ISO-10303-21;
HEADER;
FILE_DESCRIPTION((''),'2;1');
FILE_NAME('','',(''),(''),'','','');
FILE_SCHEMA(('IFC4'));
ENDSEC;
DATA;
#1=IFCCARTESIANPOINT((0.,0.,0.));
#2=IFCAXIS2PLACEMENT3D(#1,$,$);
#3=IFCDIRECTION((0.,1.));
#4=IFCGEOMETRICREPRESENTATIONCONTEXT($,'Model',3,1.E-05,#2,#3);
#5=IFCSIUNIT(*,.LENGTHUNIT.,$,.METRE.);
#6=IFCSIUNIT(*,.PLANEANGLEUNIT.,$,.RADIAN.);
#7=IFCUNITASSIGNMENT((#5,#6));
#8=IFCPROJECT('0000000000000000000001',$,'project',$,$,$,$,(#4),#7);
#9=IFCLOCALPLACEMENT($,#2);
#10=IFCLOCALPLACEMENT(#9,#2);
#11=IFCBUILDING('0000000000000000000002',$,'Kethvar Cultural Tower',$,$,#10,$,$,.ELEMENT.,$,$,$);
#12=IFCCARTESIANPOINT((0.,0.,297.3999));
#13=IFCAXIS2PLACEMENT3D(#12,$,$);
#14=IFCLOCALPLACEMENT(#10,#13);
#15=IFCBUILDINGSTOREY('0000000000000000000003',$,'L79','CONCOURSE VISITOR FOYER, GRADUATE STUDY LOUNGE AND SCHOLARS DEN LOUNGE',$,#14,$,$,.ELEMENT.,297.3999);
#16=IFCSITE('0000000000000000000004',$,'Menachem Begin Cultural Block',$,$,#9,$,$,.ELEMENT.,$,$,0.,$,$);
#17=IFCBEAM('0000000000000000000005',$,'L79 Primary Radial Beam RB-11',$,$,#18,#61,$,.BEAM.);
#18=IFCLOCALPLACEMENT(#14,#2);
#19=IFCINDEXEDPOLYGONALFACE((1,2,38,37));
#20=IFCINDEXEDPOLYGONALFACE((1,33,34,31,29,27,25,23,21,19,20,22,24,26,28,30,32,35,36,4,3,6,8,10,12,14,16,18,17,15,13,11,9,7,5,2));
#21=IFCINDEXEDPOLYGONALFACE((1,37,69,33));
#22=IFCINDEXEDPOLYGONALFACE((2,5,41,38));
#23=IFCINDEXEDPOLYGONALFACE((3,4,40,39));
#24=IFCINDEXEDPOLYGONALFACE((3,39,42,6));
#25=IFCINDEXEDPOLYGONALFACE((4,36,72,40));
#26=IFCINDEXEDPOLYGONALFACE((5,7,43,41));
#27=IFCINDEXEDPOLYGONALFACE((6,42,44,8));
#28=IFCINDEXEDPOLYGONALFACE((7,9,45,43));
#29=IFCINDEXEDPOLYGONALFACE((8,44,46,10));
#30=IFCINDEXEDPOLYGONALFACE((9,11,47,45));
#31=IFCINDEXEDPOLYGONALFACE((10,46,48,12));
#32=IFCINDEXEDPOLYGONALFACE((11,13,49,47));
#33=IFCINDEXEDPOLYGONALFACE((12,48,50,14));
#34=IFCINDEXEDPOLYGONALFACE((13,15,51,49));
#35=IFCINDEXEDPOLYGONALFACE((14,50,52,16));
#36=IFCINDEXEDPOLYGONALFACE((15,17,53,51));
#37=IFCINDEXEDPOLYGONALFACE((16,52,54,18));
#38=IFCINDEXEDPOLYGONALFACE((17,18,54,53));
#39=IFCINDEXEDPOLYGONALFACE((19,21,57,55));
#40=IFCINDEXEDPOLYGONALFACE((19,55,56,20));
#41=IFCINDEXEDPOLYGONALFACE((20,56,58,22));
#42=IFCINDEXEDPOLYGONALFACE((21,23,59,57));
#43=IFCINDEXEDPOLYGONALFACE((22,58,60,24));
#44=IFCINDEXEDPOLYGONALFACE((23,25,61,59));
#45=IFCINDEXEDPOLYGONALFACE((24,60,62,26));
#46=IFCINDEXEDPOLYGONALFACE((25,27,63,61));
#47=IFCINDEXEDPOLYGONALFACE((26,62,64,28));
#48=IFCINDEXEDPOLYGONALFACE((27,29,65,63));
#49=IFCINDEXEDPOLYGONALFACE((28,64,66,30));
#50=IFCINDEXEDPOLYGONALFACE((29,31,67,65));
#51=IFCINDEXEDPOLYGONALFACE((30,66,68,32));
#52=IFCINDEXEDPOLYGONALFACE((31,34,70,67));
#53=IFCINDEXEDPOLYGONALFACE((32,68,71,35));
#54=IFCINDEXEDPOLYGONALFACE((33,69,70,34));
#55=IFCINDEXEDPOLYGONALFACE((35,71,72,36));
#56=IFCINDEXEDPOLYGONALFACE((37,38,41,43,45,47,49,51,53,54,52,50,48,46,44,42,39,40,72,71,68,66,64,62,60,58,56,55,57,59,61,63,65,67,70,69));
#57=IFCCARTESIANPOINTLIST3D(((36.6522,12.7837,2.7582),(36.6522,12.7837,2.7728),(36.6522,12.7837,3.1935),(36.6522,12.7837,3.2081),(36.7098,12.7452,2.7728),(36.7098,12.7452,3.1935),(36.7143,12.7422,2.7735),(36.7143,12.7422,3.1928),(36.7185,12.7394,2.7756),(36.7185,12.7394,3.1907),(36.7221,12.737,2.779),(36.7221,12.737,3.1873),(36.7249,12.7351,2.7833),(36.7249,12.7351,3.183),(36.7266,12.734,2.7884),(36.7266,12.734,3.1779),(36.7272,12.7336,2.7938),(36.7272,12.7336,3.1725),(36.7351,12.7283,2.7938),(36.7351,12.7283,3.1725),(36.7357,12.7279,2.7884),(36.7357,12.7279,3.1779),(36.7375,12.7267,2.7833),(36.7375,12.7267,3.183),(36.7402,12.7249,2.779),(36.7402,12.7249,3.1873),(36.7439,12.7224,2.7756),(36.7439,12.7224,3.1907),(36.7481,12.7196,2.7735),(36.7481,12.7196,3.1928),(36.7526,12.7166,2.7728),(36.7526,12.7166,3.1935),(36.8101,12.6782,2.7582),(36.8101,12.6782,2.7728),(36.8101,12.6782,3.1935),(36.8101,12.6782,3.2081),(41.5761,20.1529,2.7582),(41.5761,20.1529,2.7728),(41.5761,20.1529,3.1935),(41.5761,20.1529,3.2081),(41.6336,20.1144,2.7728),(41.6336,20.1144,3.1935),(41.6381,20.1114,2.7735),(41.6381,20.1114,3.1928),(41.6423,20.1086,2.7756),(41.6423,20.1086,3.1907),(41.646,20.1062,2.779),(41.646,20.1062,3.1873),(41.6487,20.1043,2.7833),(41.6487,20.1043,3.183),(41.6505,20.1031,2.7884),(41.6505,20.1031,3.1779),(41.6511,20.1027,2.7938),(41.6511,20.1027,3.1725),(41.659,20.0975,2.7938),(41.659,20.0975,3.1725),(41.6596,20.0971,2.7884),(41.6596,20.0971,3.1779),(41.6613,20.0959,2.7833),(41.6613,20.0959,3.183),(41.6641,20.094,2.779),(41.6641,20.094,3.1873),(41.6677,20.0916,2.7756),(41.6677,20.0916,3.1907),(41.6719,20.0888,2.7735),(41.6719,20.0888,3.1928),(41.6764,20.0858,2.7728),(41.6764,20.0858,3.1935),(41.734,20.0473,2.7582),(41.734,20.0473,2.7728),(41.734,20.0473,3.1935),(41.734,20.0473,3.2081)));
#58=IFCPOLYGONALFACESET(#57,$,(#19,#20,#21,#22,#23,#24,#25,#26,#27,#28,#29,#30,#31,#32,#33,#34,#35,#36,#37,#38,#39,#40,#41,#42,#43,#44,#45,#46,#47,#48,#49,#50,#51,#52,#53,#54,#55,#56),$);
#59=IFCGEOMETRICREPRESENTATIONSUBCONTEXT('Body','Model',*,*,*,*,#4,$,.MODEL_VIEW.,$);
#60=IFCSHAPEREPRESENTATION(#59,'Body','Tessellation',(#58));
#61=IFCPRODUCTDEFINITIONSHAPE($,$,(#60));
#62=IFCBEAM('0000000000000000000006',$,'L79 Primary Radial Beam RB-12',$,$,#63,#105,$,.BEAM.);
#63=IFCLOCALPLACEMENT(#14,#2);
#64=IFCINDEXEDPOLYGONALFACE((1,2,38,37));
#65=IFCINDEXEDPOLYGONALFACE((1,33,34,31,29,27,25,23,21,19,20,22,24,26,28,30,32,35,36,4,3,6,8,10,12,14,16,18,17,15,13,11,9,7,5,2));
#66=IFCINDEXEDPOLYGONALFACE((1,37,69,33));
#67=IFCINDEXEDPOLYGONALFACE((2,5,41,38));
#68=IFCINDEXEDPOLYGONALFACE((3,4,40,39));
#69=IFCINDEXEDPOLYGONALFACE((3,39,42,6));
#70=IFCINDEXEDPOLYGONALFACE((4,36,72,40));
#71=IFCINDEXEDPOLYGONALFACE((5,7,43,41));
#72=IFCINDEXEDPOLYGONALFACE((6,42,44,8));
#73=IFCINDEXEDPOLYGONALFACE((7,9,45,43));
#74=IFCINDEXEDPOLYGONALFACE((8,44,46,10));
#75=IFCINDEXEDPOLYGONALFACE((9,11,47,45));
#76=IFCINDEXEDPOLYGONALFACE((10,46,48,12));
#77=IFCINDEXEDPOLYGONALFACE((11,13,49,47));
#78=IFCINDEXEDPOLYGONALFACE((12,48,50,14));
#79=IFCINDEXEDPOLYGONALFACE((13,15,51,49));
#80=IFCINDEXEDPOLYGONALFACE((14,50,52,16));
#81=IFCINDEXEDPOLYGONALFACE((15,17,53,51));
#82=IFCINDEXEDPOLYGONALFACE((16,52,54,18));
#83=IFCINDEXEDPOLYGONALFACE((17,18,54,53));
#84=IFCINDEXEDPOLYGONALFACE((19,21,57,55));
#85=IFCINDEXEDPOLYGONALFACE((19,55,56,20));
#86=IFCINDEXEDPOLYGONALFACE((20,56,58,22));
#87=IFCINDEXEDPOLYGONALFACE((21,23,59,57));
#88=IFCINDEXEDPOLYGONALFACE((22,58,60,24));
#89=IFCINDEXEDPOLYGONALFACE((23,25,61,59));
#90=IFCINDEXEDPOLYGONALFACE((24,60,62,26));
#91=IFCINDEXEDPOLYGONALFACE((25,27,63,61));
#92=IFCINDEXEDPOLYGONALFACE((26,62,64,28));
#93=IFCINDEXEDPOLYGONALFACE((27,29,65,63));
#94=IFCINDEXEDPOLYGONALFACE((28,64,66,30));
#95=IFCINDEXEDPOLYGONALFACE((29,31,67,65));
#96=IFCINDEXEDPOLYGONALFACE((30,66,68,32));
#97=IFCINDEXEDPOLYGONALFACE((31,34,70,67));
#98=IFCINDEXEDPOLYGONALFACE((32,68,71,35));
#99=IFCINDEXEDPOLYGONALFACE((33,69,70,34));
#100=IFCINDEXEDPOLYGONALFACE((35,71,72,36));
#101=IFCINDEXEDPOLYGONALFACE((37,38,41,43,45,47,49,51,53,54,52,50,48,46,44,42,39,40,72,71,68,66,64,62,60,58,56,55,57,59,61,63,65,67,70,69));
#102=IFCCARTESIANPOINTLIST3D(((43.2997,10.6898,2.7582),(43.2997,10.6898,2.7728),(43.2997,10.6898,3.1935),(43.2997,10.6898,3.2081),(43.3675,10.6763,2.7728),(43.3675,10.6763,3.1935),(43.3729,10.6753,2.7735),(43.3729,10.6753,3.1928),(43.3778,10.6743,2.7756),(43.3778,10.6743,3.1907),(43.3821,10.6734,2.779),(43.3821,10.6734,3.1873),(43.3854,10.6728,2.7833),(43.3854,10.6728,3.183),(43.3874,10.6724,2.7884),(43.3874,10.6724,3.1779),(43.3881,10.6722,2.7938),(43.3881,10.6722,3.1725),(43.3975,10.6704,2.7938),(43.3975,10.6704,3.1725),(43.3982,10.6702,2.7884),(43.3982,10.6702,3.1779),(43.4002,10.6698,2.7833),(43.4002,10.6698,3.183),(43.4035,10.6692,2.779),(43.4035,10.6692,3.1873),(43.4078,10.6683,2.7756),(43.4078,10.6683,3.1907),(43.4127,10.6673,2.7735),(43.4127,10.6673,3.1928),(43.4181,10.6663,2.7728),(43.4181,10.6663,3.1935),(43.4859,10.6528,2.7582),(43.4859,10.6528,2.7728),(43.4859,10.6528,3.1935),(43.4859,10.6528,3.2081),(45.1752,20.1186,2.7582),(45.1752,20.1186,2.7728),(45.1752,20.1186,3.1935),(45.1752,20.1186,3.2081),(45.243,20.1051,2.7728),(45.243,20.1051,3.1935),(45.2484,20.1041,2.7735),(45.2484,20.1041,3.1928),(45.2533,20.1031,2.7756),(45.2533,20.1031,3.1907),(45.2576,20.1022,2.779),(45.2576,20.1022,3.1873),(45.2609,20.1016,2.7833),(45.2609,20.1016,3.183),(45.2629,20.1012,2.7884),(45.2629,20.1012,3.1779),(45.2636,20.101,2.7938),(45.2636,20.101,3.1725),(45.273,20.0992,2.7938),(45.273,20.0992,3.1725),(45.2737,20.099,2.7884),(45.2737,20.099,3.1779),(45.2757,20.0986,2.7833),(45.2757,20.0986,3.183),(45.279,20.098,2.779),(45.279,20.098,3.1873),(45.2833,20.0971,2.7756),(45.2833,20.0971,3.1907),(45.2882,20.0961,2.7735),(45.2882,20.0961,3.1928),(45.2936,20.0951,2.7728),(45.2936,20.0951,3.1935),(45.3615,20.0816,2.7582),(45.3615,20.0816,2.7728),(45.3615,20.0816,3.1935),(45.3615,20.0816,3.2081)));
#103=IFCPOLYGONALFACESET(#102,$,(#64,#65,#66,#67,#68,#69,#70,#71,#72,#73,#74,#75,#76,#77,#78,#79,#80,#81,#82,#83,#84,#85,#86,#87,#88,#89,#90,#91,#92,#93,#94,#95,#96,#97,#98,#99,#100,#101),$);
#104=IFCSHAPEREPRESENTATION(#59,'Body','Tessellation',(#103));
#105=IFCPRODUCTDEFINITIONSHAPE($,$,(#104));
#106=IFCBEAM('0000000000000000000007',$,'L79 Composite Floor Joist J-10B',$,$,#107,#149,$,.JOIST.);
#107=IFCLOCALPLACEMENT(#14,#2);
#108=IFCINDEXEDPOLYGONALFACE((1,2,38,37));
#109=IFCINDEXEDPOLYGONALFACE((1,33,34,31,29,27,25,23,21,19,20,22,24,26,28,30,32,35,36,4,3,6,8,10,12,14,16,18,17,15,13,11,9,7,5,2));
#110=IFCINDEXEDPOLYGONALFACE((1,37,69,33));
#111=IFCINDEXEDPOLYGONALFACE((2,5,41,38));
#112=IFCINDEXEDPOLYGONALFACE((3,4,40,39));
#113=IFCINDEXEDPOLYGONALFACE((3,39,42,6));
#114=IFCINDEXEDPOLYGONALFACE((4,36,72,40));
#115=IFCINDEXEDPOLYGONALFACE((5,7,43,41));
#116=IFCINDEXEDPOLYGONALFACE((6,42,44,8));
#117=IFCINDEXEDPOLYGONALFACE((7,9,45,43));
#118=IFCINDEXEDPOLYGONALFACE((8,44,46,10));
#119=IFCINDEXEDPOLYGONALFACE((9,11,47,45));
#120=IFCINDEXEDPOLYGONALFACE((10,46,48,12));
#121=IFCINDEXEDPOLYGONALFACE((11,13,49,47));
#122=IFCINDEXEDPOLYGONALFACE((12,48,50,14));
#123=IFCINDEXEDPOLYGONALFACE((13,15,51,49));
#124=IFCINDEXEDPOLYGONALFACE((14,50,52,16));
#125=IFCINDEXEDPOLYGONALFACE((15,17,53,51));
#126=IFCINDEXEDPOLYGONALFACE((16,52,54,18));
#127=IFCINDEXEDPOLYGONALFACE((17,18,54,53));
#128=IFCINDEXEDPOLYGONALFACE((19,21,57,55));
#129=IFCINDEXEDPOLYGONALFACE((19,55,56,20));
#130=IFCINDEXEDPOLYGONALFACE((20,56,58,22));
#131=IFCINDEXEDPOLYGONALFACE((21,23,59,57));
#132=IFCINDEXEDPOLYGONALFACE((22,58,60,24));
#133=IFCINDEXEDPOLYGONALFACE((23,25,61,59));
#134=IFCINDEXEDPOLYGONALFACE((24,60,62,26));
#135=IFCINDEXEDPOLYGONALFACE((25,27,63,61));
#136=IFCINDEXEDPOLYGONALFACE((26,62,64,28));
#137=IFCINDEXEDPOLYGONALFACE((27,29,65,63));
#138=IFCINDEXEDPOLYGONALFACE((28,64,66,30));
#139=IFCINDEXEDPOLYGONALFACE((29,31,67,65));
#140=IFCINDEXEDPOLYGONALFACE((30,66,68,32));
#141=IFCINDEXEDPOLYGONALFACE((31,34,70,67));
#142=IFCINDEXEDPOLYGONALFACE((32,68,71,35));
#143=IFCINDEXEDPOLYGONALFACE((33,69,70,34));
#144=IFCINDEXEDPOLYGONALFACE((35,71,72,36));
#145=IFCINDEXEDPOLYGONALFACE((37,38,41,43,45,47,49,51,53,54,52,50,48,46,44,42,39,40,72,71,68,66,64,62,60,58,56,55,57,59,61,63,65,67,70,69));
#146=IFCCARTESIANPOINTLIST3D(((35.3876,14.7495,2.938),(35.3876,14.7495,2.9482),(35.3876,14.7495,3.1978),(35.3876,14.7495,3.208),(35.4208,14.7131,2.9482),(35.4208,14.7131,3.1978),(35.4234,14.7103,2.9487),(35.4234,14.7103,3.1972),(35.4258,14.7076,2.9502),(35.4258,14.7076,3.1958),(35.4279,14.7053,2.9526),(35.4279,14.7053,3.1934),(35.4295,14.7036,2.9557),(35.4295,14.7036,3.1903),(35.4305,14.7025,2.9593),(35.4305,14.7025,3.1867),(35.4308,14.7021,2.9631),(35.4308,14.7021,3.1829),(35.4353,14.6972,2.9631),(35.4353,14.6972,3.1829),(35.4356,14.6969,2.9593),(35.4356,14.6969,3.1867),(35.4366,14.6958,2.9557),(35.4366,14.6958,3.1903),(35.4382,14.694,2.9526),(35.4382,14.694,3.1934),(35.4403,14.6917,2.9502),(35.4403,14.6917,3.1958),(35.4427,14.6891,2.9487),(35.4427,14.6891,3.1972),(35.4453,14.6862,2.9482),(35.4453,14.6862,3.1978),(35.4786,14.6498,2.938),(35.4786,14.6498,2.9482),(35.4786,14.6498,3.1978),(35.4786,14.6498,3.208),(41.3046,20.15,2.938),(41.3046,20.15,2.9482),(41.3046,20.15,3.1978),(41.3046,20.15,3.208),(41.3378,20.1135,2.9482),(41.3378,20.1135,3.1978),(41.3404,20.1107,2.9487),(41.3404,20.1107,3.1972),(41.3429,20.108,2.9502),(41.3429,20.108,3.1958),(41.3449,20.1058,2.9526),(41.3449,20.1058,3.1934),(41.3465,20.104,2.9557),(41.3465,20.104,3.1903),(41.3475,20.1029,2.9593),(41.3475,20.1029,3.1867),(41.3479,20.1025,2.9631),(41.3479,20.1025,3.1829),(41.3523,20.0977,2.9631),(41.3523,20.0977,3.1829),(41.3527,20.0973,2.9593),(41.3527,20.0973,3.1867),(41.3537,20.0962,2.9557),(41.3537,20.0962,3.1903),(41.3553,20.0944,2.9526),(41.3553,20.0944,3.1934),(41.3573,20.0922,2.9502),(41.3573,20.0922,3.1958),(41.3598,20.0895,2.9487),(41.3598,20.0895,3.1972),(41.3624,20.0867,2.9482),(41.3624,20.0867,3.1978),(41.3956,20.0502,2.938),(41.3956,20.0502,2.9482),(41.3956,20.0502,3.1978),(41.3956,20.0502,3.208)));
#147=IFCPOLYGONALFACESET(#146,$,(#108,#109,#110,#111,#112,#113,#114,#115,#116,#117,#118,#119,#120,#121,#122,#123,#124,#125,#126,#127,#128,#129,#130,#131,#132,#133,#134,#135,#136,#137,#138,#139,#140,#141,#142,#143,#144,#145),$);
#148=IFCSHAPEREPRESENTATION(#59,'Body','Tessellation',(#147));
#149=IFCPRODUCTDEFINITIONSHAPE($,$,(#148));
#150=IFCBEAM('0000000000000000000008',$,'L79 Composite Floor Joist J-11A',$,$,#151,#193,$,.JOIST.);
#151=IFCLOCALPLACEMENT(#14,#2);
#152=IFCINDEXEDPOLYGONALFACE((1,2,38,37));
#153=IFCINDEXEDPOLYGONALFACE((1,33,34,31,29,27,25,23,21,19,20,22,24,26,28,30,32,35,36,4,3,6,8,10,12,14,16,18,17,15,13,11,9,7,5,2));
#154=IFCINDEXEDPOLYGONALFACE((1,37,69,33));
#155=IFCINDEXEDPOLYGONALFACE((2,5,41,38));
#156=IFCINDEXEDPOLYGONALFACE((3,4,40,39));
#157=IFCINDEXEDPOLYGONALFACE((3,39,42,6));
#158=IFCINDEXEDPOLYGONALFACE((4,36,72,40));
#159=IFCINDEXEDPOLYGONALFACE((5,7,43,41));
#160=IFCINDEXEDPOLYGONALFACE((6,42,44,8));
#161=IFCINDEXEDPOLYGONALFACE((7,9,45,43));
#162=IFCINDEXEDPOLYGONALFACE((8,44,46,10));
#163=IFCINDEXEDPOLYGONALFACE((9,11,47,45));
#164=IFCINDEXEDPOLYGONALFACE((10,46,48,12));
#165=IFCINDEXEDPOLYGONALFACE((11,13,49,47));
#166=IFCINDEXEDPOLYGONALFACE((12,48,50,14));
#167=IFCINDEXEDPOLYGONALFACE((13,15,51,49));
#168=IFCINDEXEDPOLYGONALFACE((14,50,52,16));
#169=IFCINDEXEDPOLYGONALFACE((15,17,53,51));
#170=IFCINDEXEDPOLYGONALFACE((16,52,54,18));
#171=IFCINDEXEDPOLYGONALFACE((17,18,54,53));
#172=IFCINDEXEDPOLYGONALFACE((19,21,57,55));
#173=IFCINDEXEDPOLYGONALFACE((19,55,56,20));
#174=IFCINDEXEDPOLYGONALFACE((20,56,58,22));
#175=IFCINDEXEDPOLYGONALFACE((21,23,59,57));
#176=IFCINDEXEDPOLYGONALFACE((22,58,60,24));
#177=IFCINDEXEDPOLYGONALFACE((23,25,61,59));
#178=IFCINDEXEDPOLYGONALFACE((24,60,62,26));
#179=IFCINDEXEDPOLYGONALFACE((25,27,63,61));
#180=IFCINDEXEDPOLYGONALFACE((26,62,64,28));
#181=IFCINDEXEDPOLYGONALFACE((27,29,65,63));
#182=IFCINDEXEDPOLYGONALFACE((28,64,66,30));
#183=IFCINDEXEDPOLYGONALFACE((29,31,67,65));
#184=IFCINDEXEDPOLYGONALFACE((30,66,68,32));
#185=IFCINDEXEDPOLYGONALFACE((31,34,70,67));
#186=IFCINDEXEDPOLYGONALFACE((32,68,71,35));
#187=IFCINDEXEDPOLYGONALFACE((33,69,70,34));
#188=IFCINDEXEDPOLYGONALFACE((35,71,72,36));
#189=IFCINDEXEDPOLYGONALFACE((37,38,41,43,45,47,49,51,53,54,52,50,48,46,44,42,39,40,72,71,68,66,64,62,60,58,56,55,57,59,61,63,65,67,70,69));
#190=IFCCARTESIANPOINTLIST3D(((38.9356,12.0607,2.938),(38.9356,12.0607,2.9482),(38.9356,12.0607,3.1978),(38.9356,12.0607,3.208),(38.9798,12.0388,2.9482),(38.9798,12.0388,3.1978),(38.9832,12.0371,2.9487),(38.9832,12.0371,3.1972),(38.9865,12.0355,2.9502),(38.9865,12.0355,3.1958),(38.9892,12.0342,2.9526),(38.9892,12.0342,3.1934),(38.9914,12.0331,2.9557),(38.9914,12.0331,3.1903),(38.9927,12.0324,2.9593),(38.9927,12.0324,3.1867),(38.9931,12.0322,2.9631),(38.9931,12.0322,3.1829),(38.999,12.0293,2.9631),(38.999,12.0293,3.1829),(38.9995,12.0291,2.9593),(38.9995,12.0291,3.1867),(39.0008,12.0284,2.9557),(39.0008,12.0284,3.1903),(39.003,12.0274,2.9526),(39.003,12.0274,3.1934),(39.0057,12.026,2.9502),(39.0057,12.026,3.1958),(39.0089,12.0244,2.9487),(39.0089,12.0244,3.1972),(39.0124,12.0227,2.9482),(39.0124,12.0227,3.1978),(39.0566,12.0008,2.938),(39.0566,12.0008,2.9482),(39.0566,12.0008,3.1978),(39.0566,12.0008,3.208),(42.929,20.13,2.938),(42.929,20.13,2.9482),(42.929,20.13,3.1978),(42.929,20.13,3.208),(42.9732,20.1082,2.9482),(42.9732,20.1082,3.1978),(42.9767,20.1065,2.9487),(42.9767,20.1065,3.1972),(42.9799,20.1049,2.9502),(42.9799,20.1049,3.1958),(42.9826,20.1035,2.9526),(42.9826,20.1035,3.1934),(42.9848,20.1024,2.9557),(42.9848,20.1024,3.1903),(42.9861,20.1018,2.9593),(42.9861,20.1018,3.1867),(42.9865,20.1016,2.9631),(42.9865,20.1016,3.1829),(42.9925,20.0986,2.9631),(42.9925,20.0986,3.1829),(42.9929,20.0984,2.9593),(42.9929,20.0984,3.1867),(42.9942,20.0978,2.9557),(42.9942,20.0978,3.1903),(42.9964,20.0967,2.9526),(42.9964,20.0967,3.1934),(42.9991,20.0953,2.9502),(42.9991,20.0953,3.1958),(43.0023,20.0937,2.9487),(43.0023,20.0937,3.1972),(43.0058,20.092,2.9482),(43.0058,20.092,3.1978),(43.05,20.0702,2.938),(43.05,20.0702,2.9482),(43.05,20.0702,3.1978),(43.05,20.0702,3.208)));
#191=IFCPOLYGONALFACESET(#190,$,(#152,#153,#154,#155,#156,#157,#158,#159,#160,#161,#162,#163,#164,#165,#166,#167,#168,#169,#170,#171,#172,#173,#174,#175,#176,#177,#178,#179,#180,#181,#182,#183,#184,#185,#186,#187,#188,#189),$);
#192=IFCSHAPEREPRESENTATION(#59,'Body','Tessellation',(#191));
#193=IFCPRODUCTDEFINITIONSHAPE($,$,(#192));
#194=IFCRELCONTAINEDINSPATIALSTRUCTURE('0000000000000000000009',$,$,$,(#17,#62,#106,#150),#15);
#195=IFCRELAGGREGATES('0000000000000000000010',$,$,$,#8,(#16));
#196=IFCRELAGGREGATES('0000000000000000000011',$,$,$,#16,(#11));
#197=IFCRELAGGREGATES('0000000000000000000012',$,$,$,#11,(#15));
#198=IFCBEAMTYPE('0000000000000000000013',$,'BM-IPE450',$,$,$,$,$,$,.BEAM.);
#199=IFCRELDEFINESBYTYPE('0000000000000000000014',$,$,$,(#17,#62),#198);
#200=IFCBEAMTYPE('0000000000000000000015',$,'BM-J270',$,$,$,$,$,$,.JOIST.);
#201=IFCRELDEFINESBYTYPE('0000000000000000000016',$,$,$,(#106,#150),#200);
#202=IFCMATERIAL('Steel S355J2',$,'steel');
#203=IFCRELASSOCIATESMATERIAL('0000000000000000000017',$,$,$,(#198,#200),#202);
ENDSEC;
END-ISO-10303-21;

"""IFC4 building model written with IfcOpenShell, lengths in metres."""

from ifc_helpers import new_model, si_unit, direction, frame, origin, origin_2d, place, context, subcontext, project, spatial, i_section, extrude, source, transform, mapped, material, material_profile, profile_set, type_object, element, save


model = new_model("IFC4")

# Units and contexts
model_context = context("Model", 3, precision=1e-05, world=origin(), true_north=direction((0.0, 1.0)))
body_context = subcontext(model_context, "Body", "Model", "MODEL_VIEW")
ifc_project = project(units=[si_unit("LENGTHUNIT", "METRE"), si_unit("PLANEANGLEUNIT", "RADIAN")], contexts=[model_context])

# Site, building, storey
site_placement = place(None, origin())
site = spatial("IfcSite", under=ifc_project, at=site_placement, Name="Menachem Begin Cultural Block", CompositionType="ELEMENT", RefElevation=0.0)
building_placement = place(site_placement, origin())
building = spatial("IfcBuilding", under=site, at=building_placement, Name="Kethvar Cultural Tower", CompositionType="ELEMENT")
storey_placement = place(building_placement, frame((0.0, 0.0, 297.3999)))
storey = spatial("IfcBuildingStorey", under=building, at=storey_placement, Name="L79", Description="CONCOURSE VISITOR FOYER, GRADUATE STUDY LOUNGE AND SCHOLARS DEN LOUNGE", CompositionType="ELEMENT", Elevation=297.3999)

# Beams
ifc_material_1 = material(Name="Steel S355J2", Category="steel")
ifc_material_profile_1 = material_profile(ifc_material_1, i_section(OverallWidth=0.1899, OverallDepth=0.45, WebThickness=0.0095, FlangeThickness=0.0146, FilletRadius=0.021, at=origin_2d()), Name="Steel S355J2 — IPE450")
ifc_profile_set_1 = profile_set([ifc_material_profile_1], Name="Steel S355J2 — IPE450")
beam_type_1 = type_object("IfcBeamType", Name="BM-IPE450", PredefinedType="BEAM", material=ifc_profile_set_1)
shared_shape_1 = source(origin(), body_context, "Body", "SweptSolid", [
    extrude(i_section(OverallWidth=0.1899, OverallDepth=0.45, WebThickness=0.0095, FlangeThickness=0.0146, FilletRadius=0.021, at=origin_2d()), origin(), (0.0, 0.0, 1.0), 8.8628),
])
beam_1_placement = place(storey_placement, frame((41.655, 20.1001, 2.9832), z_axis=(-0.555564, -0.831473, 0.0), x_axis=(0.831473, -0.555564, 0.0)))
element("IfcBeam", 1, at=beam_1_placement, inside=storey, type_object=beam_type_1, Name="L79 Primary Radial Beam RB-11", PredefinedType="BEAM", context=body_context, shape_type="MappedRepresentation", body=[
    mapped(shared_shape_1, transform((0.0, 0.0, 0.0), scale=1.0)),
])
shared_shape_2 = source(origin(), body_context, "Body", "SweptSolid", [
    extrude(i_section(OverallWidth=0.1899, OverallDepth=0.45, WebThickness=0.0095, FlangeThickness=0.0146, FilletRadius=0.021, at=origin_2d()), origin(), (0.0, 0.0, 1.0), 9.6135),
])
beam_2_placement = place(storey_placement, frame((45.2683, 20.1001, 2.9832), z_axis=(-0.19509, -0.980785, 0.0), x_axis=(0.980785, -0.19509, 0.0)))
element("IfcBeam", 2, at=beam_2_placement, inside=storey, type_object=beam_type_1, Name="L79 Primary Radial Beam RB-12", PredefinedType="BEAM", context=body_context, shape_type="MappedRepresentation", body=[
    mapped(shared_shape_2, transform((0.0, 0.0, 0.0), scale=1.0)),
])
ifc_material_profile_2 = material_profile(ifc_material_1, i_section(OverallWidth=0.135, OverallDepth=0.27, WebThickness=0.0066, FlangeThickness=0.0103, FilletRadius=0.0149, at=origin_2d()), Name="Steel S355J2 — IPE270")
ifc_profile_set_2 = profile_set([ifc_material_profile_2], Name="Steel S355J2 — IPE270")
beam_type_2 = type_object("IfcBeamType", Name="BM-J270", PredefinedType="JOIST", material=ifc_profile_set_2)
shared_shape_3 = source(origin(), body_context, "Body", "SweptSolid", [
    extrude(i_section(OverallWidth=0.135, OverallDepth=0.27, WebThickness=0.0066, FlangeThickness=0.0103, FilletRadius=0.0149, at=origin_2d()), origin(), (0.0, 0.0, 1.0), 8.011),
])
beam_3_placement = place(storey_placement, frame((41.3501, 20.1001, 3.073), z_axis=(-0.738615, -0.674128, 0.0), x_axis=(0.674128, -0.738615, 0.0)))
element("IfcBeam", 3, at=beam_3_placement, inside=storey, type_object=beam_type_2, Name="L79 Composite Floor Joist J-10B", PredefinedType="JOIST", context=body_context, shape_type="MappedRepresentation", body=[
    mapped(shared_shape_3, transform((0.0, 0.0, 0.0), scale=1.0)),
])
shared_shape_4 = source(origin(), body_context, "Body", "SweptSolid", [
    extrude(i_section(OverallWidth=0.135, OverallDepth=0.27, WebThickness=0.0066, FlangeThickness=0.0103, FilletRadius=0.0149, at=origin_2d()), origin(), (0.0, 0.0, 1.0), 9.0034),
])
beam_4_placement = place(storey_placement, frame((42.9895, 20.1001, 3.073), z_axis=(-0.443544, -0.896253, 0.0), x_axis=(0.896253, -0.443544, 0.0)))
element("IfcBeam", 4, at=beam_4_placement, inside=storey, type_object=beam_type_2, Name="L79 Composite Floor Joist J-11A", PredefinedType="JOIST", context=body_context, shape_type="MappedRepresentation", body=[
    mapped(shared_shape_4, transform((0.0, 0.0, 0.0), scale=1.0)),
])

save(model, "model.ifc")
